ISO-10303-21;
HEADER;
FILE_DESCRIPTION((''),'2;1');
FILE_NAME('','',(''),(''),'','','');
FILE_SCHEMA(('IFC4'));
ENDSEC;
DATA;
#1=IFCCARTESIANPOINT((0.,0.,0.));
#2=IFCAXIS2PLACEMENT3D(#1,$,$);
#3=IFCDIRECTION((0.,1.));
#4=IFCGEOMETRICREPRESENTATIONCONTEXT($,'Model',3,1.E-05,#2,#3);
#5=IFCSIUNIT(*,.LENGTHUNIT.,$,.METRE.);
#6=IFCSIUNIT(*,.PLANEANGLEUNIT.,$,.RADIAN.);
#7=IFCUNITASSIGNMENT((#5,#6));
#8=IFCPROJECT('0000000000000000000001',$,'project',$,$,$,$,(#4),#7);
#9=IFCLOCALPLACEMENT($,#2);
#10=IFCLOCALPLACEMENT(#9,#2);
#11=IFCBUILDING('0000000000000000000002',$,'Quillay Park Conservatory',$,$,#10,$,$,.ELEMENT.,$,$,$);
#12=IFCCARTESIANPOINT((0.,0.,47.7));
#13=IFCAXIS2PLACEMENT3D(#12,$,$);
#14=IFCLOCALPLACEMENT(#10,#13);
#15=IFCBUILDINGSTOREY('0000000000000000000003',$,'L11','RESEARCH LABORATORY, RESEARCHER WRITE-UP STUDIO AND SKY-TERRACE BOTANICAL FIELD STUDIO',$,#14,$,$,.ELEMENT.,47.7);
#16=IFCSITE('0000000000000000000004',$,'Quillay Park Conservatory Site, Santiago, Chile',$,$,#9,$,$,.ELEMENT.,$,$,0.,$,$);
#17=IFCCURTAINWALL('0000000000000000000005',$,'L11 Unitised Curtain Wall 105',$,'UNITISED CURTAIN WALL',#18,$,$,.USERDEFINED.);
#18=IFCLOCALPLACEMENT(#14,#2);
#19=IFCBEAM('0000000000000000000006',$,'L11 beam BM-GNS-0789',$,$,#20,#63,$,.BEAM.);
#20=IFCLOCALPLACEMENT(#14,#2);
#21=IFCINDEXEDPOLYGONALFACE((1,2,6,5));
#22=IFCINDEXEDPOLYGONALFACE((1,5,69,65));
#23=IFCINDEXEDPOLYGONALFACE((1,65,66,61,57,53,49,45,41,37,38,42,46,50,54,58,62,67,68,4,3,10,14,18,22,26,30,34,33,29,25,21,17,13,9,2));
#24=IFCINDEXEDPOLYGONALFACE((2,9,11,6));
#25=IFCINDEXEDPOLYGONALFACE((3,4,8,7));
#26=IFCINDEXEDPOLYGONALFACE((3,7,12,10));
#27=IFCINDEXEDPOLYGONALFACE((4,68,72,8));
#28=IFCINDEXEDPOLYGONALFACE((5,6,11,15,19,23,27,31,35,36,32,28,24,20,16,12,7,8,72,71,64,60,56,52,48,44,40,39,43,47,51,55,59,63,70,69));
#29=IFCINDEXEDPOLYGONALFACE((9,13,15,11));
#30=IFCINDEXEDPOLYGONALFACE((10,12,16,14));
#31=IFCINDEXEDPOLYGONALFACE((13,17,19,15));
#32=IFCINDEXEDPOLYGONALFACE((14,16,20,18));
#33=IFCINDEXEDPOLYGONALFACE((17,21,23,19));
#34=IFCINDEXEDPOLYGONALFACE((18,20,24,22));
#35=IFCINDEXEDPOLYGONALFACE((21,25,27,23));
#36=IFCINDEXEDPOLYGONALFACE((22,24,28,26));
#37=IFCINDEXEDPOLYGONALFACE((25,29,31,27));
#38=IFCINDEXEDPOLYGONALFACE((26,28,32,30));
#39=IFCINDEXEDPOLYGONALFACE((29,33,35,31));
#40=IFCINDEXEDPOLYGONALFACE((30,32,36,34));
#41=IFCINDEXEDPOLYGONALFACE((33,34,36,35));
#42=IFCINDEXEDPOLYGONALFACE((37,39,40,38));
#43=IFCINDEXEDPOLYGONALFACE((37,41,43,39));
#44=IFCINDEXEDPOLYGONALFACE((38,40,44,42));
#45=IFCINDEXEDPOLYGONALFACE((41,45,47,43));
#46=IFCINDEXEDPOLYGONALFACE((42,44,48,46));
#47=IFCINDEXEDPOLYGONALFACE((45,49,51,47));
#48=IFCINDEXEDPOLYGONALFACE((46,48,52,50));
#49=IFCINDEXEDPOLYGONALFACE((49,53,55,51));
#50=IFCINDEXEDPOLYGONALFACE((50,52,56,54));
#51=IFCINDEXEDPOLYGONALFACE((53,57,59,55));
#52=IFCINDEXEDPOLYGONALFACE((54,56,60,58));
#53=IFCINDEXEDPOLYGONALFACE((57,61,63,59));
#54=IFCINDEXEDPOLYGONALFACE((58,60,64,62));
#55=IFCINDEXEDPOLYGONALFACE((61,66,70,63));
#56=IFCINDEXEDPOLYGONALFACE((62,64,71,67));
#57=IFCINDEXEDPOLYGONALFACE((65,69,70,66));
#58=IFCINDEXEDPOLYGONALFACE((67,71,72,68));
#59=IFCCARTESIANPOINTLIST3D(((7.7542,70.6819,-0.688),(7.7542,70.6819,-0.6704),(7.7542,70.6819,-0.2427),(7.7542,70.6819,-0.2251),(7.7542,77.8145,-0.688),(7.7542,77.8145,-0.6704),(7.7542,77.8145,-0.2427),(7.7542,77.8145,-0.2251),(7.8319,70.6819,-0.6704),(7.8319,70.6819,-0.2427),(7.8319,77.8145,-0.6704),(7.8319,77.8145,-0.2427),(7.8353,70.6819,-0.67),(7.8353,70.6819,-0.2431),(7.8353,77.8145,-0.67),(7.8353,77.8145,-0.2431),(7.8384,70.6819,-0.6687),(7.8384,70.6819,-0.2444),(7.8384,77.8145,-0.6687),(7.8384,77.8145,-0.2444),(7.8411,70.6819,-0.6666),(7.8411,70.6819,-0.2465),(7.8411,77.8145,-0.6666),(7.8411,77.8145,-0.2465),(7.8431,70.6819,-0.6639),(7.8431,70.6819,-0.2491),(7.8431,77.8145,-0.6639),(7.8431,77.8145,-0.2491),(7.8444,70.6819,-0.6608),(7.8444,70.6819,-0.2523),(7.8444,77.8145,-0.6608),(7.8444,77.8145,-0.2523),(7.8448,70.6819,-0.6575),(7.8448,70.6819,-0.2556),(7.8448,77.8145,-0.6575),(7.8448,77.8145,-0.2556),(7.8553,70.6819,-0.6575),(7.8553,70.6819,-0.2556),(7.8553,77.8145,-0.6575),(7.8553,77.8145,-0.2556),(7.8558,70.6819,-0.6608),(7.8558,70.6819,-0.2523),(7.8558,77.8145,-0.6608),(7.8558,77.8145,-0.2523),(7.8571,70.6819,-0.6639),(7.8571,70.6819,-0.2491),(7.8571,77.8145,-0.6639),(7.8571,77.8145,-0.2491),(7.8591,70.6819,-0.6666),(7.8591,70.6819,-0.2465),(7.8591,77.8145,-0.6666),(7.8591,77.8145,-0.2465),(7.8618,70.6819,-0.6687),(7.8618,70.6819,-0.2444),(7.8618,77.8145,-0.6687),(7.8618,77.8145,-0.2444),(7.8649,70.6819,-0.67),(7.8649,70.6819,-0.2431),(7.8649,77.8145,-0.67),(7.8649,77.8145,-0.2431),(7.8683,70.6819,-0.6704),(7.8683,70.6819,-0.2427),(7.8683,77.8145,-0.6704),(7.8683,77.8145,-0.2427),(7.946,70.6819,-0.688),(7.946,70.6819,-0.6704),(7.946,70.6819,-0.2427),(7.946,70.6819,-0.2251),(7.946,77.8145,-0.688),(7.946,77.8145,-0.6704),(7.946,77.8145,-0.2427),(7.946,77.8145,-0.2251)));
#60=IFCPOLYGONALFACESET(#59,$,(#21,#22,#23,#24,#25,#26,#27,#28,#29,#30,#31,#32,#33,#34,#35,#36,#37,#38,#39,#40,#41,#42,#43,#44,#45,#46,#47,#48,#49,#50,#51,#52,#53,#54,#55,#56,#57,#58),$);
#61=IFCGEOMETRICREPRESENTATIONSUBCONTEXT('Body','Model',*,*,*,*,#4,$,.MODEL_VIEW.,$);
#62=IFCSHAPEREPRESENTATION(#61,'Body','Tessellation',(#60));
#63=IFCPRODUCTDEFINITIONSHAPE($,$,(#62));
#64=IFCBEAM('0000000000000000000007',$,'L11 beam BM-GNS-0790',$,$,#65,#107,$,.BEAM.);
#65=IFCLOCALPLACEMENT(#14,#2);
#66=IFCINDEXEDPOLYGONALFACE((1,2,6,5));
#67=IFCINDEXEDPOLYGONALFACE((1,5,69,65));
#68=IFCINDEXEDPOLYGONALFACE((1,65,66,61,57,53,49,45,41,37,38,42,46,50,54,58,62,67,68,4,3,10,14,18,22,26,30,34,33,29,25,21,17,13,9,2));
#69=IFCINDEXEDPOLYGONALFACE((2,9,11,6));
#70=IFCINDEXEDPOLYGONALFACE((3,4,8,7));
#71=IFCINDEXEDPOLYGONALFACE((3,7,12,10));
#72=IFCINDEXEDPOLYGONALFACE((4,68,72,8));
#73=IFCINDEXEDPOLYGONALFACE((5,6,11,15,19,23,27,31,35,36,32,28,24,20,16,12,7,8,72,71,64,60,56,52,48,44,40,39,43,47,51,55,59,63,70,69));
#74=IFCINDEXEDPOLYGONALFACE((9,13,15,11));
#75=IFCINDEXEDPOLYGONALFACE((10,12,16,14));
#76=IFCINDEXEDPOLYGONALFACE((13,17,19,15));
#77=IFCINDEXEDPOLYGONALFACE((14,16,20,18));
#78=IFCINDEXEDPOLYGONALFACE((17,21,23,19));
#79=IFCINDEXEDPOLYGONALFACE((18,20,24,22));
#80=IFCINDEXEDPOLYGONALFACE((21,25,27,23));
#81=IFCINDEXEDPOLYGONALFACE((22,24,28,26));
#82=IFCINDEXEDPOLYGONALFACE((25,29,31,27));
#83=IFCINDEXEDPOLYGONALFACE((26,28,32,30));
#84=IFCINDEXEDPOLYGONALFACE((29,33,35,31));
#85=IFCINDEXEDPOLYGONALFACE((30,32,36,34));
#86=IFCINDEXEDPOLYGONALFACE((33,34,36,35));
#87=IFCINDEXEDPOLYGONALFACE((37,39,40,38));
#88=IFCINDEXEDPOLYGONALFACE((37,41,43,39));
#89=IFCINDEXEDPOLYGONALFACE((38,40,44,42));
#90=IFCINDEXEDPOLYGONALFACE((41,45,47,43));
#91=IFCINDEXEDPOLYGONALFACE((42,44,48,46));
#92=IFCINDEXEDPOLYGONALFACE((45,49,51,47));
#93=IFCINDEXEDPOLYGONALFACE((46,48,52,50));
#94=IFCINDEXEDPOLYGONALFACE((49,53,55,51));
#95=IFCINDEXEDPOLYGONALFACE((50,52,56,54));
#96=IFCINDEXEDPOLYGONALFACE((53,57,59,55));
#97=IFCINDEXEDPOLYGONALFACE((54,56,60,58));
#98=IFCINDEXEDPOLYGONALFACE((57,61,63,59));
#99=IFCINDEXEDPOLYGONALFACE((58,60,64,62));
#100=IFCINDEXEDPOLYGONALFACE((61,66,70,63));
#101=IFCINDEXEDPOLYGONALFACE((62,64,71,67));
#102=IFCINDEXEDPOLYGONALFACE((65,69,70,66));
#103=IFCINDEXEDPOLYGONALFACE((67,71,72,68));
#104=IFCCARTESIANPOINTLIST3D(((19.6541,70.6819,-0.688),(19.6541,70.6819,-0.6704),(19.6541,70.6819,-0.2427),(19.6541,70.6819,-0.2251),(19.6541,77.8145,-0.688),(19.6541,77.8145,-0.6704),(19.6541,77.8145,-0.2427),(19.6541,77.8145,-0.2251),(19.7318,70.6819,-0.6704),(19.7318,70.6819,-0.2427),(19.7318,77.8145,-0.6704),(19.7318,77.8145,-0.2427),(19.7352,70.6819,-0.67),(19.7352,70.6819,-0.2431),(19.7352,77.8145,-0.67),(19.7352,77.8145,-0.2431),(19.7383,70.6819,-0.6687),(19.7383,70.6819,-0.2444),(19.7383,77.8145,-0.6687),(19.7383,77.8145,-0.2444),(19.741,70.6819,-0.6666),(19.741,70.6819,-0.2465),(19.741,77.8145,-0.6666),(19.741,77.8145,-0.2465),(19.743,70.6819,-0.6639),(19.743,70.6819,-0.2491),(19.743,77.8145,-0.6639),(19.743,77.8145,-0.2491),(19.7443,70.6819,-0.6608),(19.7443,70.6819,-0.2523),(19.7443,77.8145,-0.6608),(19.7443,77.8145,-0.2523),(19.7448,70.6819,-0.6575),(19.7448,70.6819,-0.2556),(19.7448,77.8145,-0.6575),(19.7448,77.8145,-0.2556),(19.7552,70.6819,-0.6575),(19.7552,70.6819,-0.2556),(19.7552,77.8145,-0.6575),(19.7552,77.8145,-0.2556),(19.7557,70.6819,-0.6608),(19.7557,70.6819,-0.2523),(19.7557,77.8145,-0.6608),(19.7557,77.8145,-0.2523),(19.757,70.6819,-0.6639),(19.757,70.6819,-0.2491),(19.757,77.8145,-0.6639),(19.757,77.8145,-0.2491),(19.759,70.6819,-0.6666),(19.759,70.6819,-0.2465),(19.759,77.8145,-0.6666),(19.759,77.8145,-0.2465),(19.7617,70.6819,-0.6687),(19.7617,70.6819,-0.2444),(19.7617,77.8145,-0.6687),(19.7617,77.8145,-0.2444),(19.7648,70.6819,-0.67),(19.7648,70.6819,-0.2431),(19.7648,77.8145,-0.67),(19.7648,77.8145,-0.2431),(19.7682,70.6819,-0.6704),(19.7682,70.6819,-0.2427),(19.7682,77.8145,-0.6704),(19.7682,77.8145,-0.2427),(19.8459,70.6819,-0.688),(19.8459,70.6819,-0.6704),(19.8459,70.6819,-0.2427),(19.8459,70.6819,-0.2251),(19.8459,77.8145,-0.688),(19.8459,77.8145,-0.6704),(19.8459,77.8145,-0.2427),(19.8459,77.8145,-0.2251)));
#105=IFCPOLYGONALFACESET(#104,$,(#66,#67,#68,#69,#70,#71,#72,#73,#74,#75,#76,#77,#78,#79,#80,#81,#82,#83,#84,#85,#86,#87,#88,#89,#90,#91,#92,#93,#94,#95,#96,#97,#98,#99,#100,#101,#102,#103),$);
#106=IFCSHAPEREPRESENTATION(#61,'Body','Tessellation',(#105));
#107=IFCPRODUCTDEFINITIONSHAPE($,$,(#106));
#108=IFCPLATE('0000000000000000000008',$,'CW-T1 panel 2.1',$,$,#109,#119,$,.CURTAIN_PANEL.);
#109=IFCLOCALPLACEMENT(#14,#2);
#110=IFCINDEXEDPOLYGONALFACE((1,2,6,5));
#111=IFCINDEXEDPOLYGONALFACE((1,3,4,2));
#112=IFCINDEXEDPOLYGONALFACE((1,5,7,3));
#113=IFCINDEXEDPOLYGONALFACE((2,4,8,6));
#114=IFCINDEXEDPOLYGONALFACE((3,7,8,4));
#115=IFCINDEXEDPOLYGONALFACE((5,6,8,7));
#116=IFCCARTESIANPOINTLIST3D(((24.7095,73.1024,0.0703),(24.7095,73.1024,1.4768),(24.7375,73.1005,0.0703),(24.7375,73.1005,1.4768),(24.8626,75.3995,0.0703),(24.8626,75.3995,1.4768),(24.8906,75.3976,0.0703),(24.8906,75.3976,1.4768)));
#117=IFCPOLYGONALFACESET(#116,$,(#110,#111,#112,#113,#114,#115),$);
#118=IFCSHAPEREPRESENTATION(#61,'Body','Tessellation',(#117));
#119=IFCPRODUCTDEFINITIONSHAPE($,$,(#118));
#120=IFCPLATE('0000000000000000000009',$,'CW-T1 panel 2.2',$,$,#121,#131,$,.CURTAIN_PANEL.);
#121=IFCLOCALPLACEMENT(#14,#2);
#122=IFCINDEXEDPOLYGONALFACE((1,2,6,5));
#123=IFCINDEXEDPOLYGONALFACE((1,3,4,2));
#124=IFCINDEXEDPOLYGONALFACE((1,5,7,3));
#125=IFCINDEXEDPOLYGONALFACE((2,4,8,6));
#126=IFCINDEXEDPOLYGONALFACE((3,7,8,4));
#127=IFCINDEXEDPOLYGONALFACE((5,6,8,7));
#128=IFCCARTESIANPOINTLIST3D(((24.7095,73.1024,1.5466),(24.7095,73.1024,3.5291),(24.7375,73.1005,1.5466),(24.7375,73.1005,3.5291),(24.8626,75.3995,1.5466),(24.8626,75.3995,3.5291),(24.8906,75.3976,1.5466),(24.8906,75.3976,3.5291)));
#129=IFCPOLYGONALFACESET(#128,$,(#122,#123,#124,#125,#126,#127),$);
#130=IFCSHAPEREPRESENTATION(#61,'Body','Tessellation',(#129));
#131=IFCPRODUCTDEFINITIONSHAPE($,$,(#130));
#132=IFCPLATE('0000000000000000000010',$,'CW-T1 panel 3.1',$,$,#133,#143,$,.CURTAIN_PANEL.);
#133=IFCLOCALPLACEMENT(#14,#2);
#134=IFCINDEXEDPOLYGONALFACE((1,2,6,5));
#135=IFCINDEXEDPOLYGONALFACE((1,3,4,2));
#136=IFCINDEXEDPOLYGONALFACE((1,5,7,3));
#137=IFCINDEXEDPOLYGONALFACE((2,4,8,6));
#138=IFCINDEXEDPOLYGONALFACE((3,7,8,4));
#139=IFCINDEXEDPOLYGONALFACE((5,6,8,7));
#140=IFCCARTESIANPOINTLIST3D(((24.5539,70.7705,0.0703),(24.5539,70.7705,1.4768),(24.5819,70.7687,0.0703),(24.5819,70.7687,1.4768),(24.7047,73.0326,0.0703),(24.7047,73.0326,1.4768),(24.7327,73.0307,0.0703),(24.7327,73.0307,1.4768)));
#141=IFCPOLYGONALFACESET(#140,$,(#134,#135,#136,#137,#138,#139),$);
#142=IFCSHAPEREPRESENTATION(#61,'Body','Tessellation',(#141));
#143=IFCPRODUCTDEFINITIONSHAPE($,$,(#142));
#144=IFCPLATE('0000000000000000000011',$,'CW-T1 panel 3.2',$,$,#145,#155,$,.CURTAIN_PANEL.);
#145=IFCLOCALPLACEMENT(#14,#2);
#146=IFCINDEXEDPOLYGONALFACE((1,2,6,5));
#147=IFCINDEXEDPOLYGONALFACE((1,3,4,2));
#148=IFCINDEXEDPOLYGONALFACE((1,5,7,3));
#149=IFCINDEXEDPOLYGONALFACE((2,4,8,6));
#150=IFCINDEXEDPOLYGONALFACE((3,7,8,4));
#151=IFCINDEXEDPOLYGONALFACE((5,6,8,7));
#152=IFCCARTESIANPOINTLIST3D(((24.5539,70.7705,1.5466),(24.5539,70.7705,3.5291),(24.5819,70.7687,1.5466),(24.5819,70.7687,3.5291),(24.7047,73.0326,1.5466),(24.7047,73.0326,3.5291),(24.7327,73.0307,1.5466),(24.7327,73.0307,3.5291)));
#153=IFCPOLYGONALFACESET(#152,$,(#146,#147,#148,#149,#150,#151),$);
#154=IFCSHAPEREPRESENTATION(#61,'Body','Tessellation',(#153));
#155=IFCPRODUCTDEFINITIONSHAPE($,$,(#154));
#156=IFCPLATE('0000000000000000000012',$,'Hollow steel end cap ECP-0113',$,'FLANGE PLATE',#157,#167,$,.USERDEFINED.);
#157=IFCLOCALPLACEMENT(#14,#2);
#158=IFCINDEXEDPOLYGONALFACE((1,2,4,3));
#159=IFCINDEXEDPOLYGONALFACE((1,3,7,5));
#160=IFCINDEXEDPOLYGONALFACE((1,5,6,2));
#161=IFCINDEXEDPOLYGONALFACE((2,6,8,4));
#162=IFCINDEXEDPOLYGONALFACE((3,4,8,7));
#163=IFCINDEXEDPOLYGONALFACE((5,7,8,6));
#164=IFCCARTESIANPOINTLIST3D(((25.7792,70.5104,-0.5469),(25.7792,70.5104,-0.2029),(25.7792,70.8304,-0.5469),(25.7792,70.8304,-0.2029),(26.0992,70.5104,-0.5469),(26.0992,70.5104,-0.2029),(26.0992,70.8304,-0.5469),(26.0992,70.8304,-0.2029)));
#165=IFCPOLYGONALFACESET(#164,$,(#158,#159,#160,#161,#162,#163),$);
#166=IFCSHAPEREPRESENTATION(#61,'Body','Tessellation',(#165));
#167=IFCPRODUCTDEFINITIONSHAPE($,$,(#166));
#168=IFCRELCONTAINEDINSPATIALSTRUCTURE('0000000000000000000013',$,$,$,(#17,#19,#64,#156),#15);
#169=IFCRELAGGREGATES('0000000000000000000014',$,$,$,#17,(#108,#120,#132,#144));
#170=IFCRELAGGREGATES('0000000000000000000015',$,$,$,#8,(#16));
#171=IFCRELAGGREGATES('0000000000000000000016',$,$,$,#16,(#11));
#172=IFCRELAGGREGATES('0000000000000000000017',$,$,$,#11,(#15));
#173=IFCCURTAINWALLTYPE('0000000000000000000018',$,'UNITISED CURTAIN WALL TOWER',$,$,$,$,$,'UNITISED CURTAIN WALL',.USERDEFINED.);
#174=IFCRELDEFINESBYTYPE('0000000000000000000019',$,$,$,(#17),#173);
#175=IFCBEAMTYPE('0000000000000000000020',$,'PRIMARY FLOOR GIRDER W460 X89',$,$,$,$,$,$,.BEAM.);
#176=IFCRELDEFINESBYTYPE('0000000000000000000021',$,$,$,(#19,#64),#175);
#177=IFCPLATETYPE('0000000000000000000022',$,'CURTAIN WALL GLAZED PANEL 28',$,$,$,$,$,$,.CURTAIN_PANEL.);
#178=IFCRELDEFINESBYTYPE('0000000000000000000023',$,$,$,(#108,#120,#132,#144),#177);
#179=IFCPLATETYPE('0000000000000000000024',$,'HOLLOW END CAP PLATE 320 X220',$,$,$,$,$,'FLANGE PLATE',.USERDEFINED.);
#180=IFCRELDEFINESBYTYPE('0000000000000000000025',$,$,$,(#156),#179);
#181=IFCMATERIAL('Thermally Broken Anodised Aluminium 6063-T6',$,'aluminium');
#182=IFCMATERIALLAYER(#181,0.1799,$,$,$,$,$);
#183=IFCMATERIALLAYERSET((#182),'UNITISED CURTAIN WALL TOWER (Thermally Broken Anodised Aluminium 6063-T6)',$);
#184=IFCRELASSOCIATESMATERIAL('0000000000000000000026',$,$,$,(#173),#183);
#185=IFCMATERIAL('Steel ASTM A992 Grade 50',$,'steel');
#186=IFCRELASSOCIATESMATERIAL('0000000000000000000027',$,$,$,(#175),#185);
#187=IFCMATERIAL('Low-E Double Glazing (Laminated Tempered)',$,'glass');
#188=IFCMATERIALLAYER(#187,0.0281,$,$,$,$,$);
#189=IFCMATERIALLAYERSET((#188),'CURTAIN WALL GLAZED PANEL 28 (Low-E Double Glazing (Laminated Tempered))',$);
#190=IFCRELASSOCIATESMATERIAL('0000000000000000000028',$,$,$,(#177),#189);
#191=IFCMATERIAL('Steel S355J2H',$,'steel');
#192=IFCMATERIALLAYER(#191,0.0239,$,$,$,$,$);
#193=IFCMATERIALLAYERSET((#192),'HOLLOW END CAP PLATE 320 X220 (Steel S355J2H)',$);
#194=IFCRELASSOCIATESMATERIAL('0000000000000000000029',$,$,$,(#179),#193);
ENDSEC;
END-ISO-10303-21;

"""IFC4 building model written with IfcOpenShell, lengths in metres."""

from ifc_helpers import new_model, si_unit, direction, frame, origin, origin_2d, place, context, subcontext, project, spatial, rectangle, i_section, extrude, material, layer, layer_set, material_profile, profile_set, type_object, element, aggregate, save


model = new_model("IFC4")

# Units and contexts
model_context = context("Model", 3, precision=1e-05, world=origin(), true_north=direction((0.0, 1.0)))
body_context = subcontext(model_context, "Body", "Model", "MODEL_VIEW")
ifc_project = project(units=[si_unit("LENGTHUNIT", "METRE"), si_unit("PLANEANGLEUNIT", "RADIAN")], contexts=[model_context])

# Site, building, storey
site_placement = place(None, origin())
site = spatial("IfcSite", under=ifc_project, at=site_placement, Name="Quillay Park Conservatory Site, Santiago, Chile", CompositionType="ELEMENT", RefElevation=0.0)
building_placement = place(site_placement, origin())
building = spatial("IfcBuilding", under=site, at=building_placement, Name="Quillay Park Conservatory", CompositionType="ELEMENT")
storey_placement = place(building_placement, frame((0.0, 0.0, 47.7)))
storey = spatial("IfcBuildingStorey", under=building, at=storey_placement, Name="L11", Description="RESEARCH LABORATORY, RESEARCHER WRITE-UP STUDIO AND SKY-TERRACE BOTANICAL FIELD STUDIO", CompositionType="ELEMENT", Elevation=47.7)

# Curtain wall
ifc_material_1 = material(Name="Thermally Broken Anodised Aluminium 6063-T6", Category="aluminium")
ifc_layer_1 = layer(ifc_material_1, 0.1799)
ifc_layer_set_1 = layer_set([ifc_layer_1], Name="UNITISED CURTAIN WALL TOWER (Thermally Broken Anodised Aluminium 6063-T6)")
curtain_wall_type = type_object("IfcCurtainWallType", Name="UNITISED CURTAIN WALL TOWER", ElementType="UNITISED CURTAIN WALL", PredefinedType="USERDEFINED", material=ifc_layer_set_1)
curtain_wall_placement = place(storey_placement, origin())
curtain_wall = element("IfcCurtainWall", 1, at=curtain_wall_placement, inside=storey, type_object=curtain_wall_type, Name="L11 Unitised Curtain Wall 105", ObjectType="UNITISED CURTAIN WALL", PredefinedType="USERDEFINED")

# Beams
ifc_material_2 = material(Name="Steel ASTM A992 Grade 50", Category="steel")
ifc_material_profile_1 = material_profile(ifc_material_2, i_section(OverallWidth=0.1919, OverallDepth=0.4629, WebThickness=0.0105, FlangeThickness=0.0176, FilletRadius=0.0129, at=origin_2d()), Name="W460x89")
ifc_profile_set_1 = profile_set([ifc_material_profile_1], Name="Steel ASTM A992 Grade 50")
beam_type_1 = type_object("IfcBeamType", Name="PRIMARY FLOOR GIRDER W460 X89", PredefinedType="BEAM", material=ifc_profile_set_1)
for number, where, z_axis, x_axis, name in (
    (2, (7.8501, 70.6819, -0.4565), (0.0, 1.0, 0.0), (-1.0, 0.0, 0.0), "L11 beam BM-GNS-0789"),
    (3, (19.75, 70.6819, -0.4565), (0.0, 1.0, 0.0), (-1.0, 0.0, 0.0), "L11 beam BM-GNS-0790"),
):
    element("IfcBeam", number, at=place(storey_placement, frame(where, z_axis=z_axis, x_axis=x_axis)), inside=storey, type_object=beam_type_1, Name=name, PredefinedType="BEAM", context=body_context, shape_type="SweptSolid", body=[
        extrude(i_section(OverallWidth=0.1919, OverallDepth=0.4629, WebThickness=0.0105, FlangeThickness=0.0176, FilletRadius=0.0129, at=origin_2d()), origin(), (0.0, 0.0, 1.0), 7.1326),
    ])

# Plates
ifc_material_3 = material(Name="Low-E Double Glazing (Laminated Tempered)", Category="glass")
ifc_layer_2 = layer(ifc_material_3, 0.0281)
ifc_layer_set_2 = layer_set([ifc_layer_2], Name="CURTAIN WALL GLAZED PANEL 28 (Low-E Double Glazing (Laminated Tempered))")
plate_type_1 = type_object("IfcPlateType", Name="CURTAIN WALL GLAZED PANEL 28", PredefinedType="CURTAIN_PANEL", material=ifc_layer_set_2)
plate_1_placement = place(storey_placement, frame((24.8, 74.25, 0.0703), z_axis=(0.0, 0.0, 1.0), x_axis=(-0.066521, -0.997785, 0.0)))
plate_1 = element("IfcPlate", 4, at=plate_1_placement, type_object=plate_type_1, Name="CW-T1 panel 2.1", PredefinedType="CURTAIN_PANEL", context=body_context, shape_type="SweptSolid", body=[
    extrude(rectangle(XDim=2.3022, YDim=0.0281, at=origin_2d()), origin(), (0.0, 0.0, 1.0), 1.4065),
])
plate_2_placement = place(storey_placement, frame((24.8, 74.25, 1.5466), z_axis=(0.0, 0.0, 1.0), x_axis=(-0.066521, -0.997785, 0.0)))
plate_2 = element("IfcPlate", 5, at=plate_2_placement, type_object=plate_type_1, Name="CW-T1 panel 2.2", PredefinedType="CURTAIN_PANEL", context=body_context, shape_type="SweptSolid", body=[
    extrude(rectangle(XDim=2.3022, YDim=0.0281, at=origin_2d()), origin(), (0.0, 0.0, 1.0), 1.9824),
])
plate_3_placement = place(storey_placement, frame((24.6433, 71.9006, 0.0703), z_axis=(0.0, 0.0, 1.0), x_axis=(-0.066521, -0.997785, 0.0)))
plate_3 = element("IfcPlate", 6, at=plate_3_placement, type_object=plate_type_1, Name="CW-T1 panel 3.1", PredefinedType="CURTAIN_PANEL", context=body_context, shape_type="SweptSolid", body=[
    extrude(rectangle(XDim=2.2671, YDim=0.0281, at=origin_2d()), origin(), (0.0, 0.0, 1.0), 1.4065),
])
plate_4_placement = place(storey_placement, frame((24.6433, 71.9006, 1.5466), z_axis=(0.0, 0.0, 1.0), x_axis=(-0.066521, -0.997785, 0.0)))
plate_4 = element("IfcPlate", 7, at=plate_4_placement, type_object=plate_type_1, Name="CW-T1 panel 3.2", PredefinedType="CURTAIN_PANEL", context=body_context, shape_type="SweptSolid", body=[
    extrude(rectangle(XDim=2.2671, YDim=0.0281, at=origin_2d()), origin(), (0.0, 0.0, 1.0), 1.9824),
])
aggregate(curtain_wall, [plate_1, plate_2, plate_3, plate_4])
ifc_material_4 = material(Name="Steel S355J2H", Category="steel")
ifc_layer_3 = layer(ifc_material_4, 0.0239)
ifc_layer_set_3 = layer_set([ifc_layer_3], Name="HOLLOW END CAP PLATE 320 X220 (Steel S355J2H)")
plate_type_2 = type_object("IfcPlateType", Name="HOLLOW END CAP PLATE 320 X220", ElementType="FLANGE PLATE", PredefinedType="USERDEFINED", material=ifc_layer_set_3)
plate_5_placement = place(storey_placement, frame((25.9392, 70.6704, -0.5469), z_axis=(0.0, 0.0, 1.0), x_axis=(1.0, 0.0, 0.0)))
element("IfcPlate", 8, at=plate_5_placement, inside=storey, type_object=plate_type_2, Name="Hollow steel end cap ECP-0113", ObjectType="FLANGE PLATE", PredefinedType="USERDEFINED", context=body_context, shape_type="SweptSolid", body=[
    extrude(rectangle(XDim=0.3201, YDim=0.3201, at=origin_2d()), origin(), (0.0, 0.0, 1.0), 0.344),
])

save(model, "model.ifc")
